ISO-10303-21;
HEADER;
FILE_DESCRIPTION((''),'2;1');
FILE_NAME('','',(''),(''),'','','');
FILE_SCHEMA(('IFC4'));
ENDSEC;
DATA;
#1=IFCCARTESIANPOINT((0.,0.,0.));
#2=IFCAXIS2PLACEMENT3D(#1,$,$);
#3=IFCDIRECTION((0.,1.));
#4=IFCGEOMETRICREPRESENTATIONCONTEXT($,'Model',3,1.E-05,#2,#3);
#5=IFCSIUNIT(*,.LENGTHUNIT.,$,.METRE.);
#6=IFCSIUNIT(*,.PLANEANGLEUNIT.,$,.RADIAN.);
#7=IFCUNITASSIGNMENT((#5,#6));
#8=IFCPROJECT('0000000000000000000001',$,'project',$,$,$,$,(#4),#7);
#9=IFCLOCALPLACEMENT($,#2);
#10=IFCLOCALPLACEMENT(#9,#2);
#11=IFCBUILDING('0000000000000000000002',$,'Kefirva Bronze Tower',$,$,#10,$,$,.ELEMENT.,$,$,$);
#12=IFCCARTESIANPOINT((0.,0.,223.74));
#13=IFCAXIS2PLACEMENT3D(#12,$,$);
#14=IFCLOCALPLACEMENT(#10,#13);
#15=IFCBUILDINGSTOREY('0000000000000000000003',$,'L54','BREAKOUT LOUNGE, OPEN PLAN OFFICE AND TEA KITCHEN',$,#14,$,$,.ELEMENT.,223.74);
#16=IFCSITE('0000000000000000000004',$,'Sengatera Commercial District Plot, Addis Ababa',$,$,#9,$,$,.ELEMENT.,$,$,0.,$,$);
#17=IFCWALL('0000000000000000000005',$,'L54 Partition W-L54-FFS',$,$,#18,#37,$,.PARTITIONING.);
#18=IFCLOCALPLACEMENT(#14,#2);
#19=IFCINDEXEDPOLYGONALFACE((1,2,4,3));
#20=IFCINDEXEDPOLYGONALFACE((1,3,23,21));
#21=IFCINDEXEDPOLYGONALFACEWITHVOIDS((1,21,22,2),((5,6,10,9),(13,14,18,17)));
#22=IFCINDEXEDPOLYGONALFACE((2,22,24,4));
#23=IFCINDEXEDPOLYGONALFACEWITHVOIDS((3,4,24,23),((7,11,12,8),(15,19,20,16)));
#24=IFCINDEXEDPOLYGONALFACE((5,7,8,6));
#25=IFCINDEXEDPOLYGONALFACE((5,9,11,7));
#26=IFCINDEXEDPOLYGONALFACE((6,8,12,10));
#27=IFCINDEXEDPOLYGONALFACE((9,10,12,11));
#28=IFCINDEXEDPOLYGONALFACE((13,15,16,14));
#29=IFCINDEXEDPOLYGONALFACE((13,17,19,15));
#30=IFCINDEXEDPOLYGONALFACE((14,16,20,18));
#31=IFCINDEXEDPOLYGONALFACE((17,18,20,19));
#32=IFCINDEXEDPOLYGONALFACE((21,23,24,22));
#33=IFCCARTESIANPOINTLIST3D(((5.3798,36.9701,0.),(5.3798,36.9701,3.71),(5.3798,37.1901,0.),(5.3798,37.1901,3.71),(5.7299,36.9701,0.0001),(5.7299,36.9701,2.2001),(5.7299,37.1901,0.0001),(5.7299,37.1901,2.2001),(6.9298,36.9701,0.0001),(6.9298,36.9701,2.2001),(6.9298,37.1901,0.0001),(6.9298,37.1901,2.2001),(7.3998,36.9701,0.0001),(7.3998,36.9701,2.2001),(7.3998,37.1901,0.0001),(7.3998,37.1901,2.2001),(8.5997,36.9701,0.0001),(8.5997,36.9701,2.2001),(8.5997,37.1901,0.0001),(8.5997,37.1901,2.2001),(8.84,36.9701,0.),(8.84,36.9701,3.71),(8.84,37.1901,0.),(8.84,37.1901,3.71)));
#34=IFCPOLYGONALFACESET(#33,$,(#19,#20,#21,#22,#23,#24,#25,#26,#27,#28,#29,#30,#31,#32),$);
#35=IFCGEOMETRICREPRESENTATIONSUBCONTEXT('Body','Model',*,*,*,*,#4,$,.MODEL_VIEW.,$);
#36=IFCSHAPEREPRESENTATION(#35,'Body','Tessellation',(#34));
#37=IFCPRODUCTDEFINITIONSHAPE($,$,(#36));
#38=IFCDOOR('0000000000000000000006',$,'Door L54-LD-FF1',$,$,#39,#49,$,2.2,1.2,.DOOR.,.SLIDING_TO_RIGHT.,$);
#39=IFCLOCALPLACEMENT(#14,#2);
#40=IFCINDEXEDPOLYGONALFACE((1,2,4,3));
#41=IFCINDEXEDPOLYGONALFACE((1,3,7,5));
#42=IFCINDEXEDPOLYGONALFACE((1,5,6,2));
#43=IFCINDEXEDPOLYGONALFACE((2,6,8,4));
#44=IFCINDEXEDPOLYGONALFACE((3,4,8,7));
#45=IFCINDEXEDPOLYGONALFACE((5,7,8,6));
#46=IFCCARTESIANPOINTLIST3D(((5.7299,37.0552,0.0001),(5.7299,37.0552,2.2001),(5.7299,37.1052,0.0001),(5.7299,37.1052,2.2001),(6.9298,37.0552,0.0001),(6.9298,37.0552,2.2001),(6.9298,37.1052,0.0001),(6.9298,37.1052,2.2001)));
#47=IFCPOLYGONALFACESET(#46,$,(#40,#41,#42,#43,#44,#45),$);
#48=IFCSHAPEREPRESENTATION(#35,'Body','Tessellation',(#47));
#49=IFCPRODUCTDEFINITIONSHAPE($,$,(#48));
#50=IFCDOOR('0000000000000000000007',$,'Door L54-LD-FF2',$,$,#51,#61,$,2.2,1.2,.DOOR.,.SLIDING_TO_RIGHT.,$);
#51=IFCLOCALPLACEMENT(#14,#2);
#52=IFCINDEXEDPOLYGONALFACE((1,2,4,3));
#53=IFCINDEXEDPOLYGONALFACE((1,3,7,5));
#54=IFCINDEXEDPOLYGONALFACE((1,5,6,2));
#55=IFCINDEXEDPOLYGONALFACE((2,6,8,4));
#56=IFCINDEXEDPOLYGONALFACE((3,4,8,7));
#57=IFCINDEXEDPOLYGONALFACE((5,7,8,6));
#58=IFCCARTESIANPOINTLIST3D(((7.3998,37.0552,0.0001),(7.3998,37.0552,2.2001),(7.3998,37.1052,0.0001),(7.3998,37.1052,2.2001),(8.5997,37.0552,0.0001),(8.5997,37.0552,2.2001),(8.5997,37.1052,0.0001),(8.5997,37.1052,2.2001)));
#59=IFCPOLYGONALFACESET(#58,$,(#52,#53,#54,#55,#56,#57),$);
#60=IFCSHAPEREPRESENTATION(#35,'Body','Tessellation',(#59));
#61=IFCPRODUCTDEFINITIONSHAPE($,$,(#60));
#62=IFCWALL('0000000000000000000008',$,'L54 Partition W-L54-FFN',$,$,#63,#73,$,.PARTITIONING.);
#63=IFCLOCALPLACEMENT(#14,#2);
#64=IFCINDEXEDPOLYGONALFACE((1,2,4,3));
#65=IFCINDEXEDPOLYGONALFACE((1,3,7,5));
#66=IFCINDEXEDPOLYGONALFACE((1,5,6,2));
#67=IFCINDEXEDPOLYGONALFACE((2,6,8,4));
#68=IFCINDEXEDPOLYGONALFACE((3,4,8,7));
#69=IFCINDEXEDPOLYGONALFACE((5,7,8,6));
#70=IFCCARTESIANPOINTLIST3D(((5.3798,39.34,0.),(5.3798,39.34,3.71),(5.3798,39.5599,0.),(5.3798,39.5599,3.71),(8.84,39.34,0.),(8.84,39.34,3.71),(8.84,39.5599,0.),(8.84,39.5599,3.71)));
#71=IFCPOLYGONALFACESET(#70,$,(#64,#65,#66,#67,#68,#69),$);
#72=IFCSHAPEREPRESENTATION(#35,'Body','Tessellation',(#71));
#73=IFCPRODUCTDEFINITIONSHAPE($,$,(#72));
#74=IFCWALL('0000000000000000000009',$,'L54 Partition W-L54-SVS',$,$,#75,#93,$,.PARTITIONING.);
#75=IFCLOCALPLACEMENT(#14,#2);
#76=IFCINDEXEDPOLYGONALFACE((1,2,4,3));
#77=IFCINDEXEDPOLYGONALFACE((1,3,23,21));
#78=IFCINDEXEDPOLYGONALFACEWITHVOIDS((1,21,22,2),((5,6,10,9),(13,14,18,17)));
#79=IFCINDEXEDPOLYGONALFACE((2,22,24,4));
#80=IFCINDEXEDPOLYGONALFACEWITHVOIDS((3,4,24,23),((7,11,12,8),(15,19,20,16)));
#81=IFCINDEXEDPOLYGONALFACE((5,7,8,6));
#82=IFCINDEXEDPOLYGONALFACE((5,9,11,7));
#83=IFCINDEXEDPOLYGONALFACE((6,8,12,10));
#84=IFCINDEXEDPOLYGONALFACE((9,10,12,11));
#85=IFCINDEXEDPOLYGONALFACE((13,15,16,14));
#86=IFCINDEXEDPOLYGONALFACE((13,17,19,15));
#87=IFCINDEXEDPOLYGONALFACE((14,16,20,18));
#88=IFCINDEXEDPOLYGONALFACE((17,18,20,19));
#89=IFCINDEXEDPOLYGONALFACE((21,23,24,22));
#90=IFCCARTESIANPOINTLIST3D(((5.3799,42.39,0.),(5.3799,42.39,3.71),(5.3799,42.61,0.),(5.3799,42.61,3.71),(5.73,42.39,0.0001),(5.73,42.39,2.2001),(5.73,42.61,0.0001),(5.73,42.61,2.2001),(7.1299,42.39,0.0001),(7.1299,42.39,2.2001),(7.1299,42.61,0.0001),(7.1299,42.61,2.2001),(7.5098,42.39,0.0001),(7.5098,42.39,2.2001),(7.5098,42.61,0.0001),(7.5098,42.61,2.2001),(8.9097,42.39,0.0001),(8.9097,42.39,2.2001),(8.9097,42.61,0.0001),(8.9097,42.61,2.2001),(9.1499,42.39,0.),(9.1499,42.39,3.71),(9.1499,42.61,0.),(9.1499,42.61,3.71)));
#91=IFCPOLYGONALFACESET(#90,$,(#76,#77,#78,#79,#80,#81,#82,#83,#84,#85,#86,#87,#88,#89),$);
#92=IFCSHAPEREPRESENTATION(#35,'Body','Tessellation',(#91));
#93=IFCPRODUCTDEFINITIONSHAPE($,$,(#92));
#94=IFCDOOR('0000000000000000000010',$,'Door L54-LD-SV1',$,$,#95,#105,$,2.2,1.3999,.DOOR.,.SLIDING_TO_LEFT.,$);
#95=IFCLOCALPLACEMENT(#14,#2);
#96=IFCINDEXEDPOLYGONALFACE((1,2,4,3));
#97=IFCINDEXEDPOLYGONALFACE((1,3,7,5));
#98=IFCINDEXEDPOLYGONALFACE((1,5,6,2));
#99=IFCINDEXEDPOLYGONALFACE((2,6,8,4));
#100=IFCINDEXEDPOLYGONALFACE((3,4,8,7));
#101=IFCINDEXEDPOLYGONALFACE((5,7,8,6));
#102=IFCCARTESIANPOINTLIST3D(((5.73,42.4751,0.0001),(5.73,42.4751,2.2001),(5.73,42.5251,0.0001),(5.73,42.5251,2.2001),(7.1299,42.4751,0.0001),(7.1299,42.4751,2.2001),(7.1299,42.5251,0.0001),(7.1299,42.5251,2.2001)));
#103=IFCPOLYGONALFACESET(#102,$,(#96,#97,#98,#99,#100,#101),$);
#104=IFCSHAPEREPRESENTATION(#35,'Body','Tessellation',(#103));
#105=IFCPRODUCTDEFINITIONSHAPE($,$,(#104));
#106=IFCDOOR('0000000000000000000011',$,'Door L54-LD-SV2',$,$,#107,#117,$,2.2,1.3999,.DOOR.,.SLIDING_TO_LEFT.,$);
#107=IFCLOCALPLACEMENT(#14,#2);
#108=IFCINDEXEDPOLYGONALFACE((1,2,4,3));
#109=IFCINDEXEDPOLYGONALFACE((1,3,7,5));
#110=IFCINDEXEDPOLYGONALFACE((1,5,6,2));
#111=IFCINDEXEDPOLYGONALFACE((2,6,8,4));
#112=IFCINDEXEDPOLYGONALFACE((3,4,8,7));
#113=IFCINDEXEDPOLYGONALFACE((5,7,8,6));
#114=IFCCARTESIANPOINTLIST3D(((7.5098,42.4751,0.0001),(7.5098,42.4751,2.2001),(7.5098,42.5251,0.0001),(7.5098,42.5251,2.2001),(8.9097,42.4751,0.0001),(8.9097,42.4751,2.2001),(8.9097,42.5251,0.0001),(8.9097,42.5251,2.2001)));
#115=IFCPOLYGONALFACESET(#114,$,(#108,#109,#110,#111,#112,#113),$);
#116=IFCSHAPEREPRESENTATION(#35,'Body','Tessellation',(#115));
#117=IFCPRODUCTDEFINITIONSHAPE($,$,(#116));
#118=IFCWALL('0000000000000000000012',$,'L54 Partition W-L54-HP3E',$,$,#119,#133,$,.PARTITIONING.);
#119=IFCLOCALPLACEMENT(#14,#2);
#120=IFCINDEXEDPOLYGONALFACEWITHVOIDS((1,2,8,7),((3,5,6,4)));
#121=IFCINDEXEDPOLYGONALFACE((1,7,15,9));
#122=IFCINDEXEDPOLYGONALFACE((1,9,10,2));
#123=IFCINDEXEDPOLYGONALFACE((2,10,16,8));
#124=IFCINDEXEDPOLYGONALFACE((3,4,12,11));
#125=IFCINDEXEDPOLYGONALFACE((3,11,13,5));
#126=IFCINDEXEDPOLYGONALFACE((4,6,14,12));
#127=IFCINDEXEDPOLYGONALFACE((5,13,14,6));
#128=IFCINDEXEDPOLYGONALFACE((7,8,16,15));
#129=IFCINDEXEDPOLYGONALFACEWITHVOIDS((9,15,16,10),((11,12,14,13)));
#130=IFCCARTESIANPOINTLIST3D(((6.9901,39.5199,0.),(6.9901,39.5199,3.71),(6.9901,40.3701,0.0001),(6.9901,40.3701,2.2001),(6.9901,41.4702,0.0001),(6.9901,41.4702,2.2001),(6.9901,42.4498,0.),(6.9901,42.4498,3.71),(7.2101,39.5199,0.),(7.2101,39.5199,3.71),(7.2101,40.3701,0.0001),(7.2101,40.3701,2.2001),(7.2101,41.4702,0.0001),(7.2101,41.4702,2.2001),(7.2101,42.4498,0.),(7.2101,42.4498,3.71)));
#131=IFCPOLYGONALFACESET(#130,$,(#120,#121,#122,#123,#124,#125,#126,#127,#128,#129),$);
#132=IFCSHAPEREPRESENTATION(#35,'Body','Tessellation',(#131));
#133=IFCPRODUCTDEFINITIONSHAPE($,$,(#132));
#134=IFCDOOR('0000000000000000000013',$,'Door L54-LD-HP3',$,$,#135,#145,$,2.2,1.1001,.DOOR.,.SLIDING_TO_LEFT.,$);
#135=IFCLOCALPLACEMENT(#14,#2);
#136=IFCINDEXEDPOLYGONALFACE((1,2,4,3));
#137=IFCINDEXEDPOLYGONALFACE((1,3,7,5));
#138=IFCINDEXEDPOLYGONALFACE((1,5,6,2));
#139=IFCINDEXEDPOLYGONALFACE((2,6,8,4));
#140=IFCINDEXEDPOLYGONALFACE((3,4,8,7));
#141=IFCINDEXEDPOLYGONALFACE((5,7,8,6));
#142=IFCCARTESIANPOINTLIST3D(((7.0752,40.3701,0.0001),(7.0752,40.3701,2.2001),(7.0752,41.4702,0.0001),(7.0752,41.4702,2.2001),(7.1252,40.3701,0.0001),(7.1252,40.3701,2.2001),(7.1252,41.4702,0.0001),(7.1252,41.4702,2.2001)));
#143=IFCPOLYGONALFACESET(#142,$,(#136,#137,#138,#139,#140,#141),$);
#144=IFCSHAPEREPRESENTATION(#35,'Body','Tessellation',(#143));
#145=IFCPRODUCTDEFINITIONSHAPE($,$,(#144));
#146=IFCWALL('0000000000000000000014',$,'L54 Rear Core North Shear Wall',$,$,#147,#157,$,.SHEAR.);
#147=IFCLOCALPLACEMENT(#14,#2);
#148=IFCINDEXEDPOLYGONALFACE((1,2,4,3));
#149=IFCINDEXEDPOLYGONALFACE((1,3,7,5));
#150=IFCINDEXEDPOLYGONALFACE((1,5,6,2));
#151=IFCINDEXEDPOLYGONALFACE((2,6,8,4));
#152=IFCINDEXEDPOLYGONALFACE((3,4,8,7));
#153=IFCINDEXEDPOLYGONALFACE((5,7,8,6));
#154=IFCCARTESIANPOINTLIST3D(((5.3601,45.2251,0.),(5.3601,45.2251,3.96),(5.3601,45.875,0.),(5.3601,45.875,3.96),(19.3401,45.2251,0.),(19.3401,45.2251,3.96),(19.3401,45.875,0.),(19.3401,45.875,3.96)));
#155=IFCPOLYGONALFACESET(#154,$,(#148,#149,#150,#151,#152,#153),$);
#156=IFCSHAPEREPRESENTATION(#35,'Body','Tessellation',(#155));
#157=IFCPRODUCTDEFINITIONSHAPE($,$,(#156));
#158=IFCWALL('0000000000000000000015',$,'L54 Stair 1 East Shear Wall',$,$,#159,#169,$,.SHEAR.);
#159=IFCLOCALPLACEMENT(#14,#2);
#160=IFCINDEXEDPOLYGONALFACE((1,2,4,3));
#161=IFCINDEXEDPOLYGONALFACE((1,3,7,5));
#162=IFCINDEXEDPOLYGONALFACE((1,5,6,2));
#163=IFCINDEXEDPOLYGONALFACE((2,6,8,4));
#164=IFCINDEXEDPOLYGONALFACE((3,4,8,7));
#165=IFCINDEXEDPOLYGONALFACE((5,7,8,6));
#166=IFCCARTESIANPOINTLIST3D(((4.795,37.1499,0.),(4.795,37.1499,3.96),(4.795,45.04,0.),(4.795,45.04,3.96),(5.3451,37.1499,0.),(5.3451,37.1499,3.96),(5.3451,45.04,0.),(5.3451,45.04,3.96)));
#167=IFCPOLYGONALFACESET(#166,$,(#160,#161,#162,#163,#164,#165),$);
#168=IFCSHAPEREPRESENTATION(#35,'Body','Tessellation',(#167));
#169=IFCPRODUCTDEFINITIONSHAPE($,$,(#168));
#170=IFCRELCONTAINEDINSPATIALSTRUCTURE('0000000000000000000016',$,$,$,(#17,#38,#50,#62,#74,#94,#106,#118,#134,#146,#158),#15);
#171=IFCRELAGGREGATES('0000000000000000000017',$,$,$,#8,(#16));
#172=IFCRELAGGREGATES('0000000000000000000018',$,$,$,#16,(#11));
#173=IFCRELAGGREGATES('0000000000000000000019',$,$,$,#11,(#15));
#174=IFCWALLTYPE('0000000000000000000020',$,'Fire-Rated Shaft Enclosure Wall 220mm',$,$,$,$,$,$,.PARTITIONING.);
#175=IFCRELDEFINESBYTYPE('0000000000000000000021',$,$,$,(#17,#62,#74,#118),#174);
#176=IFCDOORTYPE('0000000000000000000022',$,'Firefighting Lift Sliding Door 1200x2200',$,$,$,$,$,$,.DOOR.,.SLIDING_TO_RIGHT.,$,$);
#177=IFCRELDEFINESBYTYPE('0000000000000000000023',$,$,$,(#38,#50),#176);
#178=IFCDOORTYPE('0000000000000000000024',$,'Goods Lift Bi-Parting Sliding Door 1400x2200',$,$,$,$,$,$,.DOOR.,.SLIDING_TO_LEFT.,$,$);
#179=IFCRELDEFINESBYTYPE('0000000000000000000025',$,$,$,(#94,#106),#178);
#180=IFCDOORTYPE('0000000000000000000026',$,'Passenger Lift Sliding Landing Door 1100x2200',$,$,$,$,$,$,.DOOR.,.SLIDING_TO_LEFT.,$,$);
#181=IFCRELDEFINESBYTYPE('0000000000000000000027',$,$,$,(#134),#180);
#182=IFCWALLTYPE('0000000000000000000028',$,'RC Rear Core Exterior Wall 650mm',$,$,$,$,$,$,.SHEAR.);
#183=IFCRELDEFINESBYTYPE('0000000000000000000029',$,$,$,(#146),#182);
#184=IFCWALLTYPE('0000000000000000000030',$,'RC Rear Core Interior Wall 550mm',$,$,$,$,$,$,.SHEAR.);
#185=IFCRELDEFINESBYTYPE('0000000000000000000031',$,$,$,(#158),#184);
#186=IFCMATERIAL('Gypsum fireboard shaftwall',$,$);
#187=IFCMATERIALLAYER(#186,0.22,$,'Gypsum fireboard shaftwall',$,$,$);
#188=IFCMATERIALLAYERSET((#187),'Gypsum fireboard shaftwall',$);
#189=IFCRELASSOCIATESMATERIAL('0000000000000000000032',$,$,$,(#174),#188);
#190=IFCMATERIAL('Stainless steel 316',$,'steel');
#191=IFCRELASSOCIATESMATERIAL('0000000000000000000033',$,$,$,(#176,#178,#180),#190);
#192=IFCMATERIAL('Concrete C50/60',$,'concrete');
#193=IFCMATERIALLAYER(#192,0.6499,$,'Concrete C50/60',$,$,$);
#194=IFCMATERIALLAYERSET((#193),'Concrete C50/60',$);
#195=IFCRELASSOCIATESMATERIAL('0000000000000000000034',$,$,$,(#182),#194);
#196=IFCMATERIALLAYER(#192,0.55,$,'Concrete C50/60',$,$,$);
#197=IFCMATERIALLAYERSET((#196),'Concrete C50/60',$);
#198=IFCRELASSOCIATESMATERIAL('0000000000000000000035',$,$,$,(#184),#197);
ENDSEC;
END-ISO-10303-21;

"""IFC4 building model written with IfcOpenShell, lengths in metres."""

from ifc_helpers import new_model, si_unit, direction, frame, frame_2d, origin, place, context, subcontext, project, spatial, rectangle, extrude, material, layer, layer_set, type_object, element, fill, save


model = new_model("IFC4")

# Units and contexts
model_context = context("Model", 3, precision=1e-05, world=origin(), true_north=direction((0.0, 1.0)))
body_context = subcontext(model_context, "Body", "Model", "MODEL_VIEW")
ifc_project = project(units=[si_unit("LENGTHUNIT", "METRE"), si_unit("PLANEANGLEUNIT", "RADIAN")], contexts=[model_context])

# Site, building, storey
site_placement = place(None, origin())
site = spatial("IfcSite", under=ifc_project, at=site_placement, Name="Sengatera Commercial District Plot, Addis Ababa", CompositionType="ELEMENT", RefElevation=0.0)
building_placement = place(site_placement, origin())
building = spatial("IfcBuilding", under=site, at=building_placement, Name="Kefirva Bronze Tower", CompositionType="ELEMENT")
storey_placement = place(building_placement, frame((0.0, 0.0, 223.74)))
storey = spatial("IfcBuildingStorey", under=building, at=storey_placement, Name="L54", Description="BREAKOUT LOUNGE, OPEN PLAN OFFICE AND TEA KITCHEN", CompositionType="ELEMENT", Elevation=223.74)

# Wall, openings, doors
ifc_material_1 = material(Name="Gypsum fireboard shaftwall")
ifc_layer_1 = layer(ifc_material_1, 0.22, Name="Gypsum fireboard shaftwall")
ifc_layer_set_1 = layer_set([ifc_layer_1], Name="Gypsum fireboard shaftwall")
wall_type_1 = type_object("IfcWallType", Name="Fire-Rated Shaft Enclosure Wall 220mm", PredefinedType="PARTITIONING", material=ifc_layer_set_1)
wall_1_placement = place(storey_placement, frame((5.3799, 37.0801, 0.0), z_axis=(0.0, 0.0, 1.0), x_axis=(1.0, 0.0, 0.0)))
wall_1 = element("IfcWall", 1, at=wall_1_placement, inside=storey, type_object=wall_type_1, Name="L54 Partition W-L54-FFS", PredefinedType="PARTITIONING", context=body_context, shape_type="SweptSolid", body=[
    extrude(rectangle(XDim=3.4602, YDim=0.22, at=frame_2d((1.73, 0.0))), origin(), (0.0, 0.0, 1.0), 3.71),
])
opening_1_placement = place(wall_1_placement, frame((1.55, 0.0, 0.0), z_axis=(0.0, 0.0, 1.0), x_axis=(-1.0, 0.0, 0.0)))
opening_1 = element("IfcOpeningElement", 2, at=opening_1_placement, cuts=wall_1, PredefinedType="OPENING", context=body_context, shape_type="SweptSolid", body=[
    extrude(rectangle(XDim=1.2, YDim=2.2, at=frame_2d((0.6001, 1.1001))), frame((0.0, 0.1201, 0.0), z_axis=(0.0, -1.0, 0.0), x_axis=(1.0, 0.0, 0.0)), (0.0, 0.0, 1.0), 0.24),
])
opening_2_placement = place(wall_1_placement, frame((3.22, 0.0, 0.0), z_axis=(0.0, 0.0, 1.0), x_axis=(-1.0, 0.0, 0.0)))
opening_2 = element("IfcOpeningElement", 3, at=opening_2_placement, cuts=wall_1, PredefinedType="OPENING", context=body_context, shape_type="SweptSolid", body=[
    extrude(rectangle(XDim=1.2, YDim=2.2, at=frame_2d((0.6001, 1.1001))), frame((0.0, 0.1201, 0.0), z_axis=(0.0, -1.0, 0.0), x_axis=(1.0, 0.0, 0.0)), (0.0, 0.0, 1.0), 0.24),
])
ifc_material_2 = material(Name="Stainless steel 316", Category="steel")
door_type_1 = type_object("IfcDoorType", Name="Firefighting Lift Sliding Door 1200x2200", OperationType="SLIDING_TO_RIGHT", PredefinedType="DOOR", material=ifc_material_2)
door_1_placement = place(opening_1_placement, origin())
door_1 = element("IfcDoor", 4, at=door_1_placement, inside=storey, type_object=door_type_1, Name="Door L54-LD-FF1", OperationType="SLIDING_TO_RIGHT", OverallHeight=2.2, OverallWidth=1.2, PredefinedType="DOOR", context=body_context, shape_type="SweptSolid", body=[
    extrude(rectangle(XDim=1.2, YDim=2.2, at=frame_2d((0.6001, 1.1001))), frame((0.0, 0.0249, 0.0), z_axis=(0.0, -1.0, 0.0), x_axis=(1.0, 0.0, 0.0)), (0.0, 0.0, 1.0), 0.05),
])
fill(opening_1, door_1)
door_2_placement = place(opening_2_placement, origin())
door_2 = element("IfcDoor", 5, at=door_2_placement, inside=storey, type_object=door_type_1, Name="Door L54-LD-FF2", OperationType="SLIDING_TO_RIGHT", OverallHeight=2.2, OverallWidth=1.2, PredefinedType="DOOR", context=body_context, shape_type="SweptSolid", body=[
    extrude(rectangle(XDim=1.2, YDim=2.2, at=frame_2d((0.6001, 1.1001))), frame((0.0, 0.0249, 0.0), z_axis=(0.0, -1.0, 0.0), x_axis=(1.0, 0.0, 0.0)), (0.0, 0.0, 1.0), 0.05),
])
fill(opening_2, door_2)

# Wall
wall_2_placement = place(storey_placement, frame((5.3799, 39.45, 0.0), z_axis=(0.0, 0.0, 1.0), x_axis=(1.0, 0.0, 0.0)))
element("IfcWall", 6, at=wall_2_placement, inside=storey, type_object=wall_type_1, Name="L54 Partition W-L54-FFN", PredefinedType="PARTITIONING", context=body_context, shape_type="SweptSolid", body=[
    extrude(rectangle(XDim=3.4602, YDim=0.22, at=frame_2d((1.73, 0.0))), origin(), (0.0, 0.0, 1.0), 3.71),
])

# Wall, openings, doors
wall_3_placement = place(storey_placement, frame((5.3799, 42.5, 0.0), z_axis=(0.0, 0.0, 1.0), x_axis=(1.0, 0.0, 0.0)))
wall_3 = element("IfcWall", 7, at=wall_3_placement, inside=storey, type_object=wall_type_1, Name="L54 Partition W-L54-SVS", PredefinedType="PARTITIONING", context=body_context, shape_type="SweptSolid", body=[
    extrude(rectangle(XDim=3.77, YDim=0.22, at=frame_2d((1.885, 0.0))), origin(), (0.0, 0.0, 1.0), 3.71),
])
opening_3_placement = place(wall_3_placement, frame((1.75, 0.0, 0.0), z_axis=(0.0, 0.0, 1.0), x_axis=(-1.0, 0.0, 0.0)))
opening_3 = element("IfcOpeningElement", 8, at=opening_3_placement, cuts=wall_3, PredefinedType="OPENING", context=body_context, shape_type="SweptSolid", body=[
    extrude(rectangle(XDim=1.3999, YDim=2.2, at=frame_2d((0.7, 1.1001))), frame((0.0, 0.1201, 0.0), z_axis=(0.0, -1.0, 0.0), x_axis=(1.0, 0.0, 0.0)), (0.0, 0.0, 1.0), 0.24),
])
opening_4_placement = place(wall_3_placement, frame((3.5298, 0.0, 0.0), z_axis=(0.0, 0.0, 1.0), x_axis=(-1.0, 0.0, 0.0)))
opening_4 = element("IfcOpeningElement", 9, at=opening_4_placement, cuts=wall_3, PredefinedType="OPENING", context=body_context, shape_type="SweptSolid", body=[
    extrude(rectangle(XDim=1.3999, YDim=2.2, at=frame_2d((0.7, 1.1001))), frame((0.0, 0.1201, 0.0), z_axis=(0.0, -1.0, 0.0), x_axis=(1.0, 0.0, 0.0)), (0.0, 0.0, 1.0), 0.24),
])
door_type_2 = type_object("IfcDoorType", Name="Goods Lift Bi-Parting Sliding Door 1400x2200", OperationType="SLIDING_TO_LEFT", PredefinedType="DOOR", material=ifc_material_2)
door_3_placement = place(opening_3_placement, origin())
door_3 = element("IfcDoor", 10, at=door_3_placement, inside=storey, type_object=door_type_2, Name="Door L54-LD-SV1", OperationType="SLIDING_TO_LEFT", OverallHeight=2.2, OverallWidth=1.3999, PredefinedType="DOOR", context=body_context, shape_type="SweptSolid", body=[
    extrude(rectangle(XDim=1.3999, YDim=2.2, at=frame_2d((0.7, 1.1001))), frame((0.0, 0.0249, 0.0), z_axis=(0.0, -1.0, 0.0), x_axis=(1.0, 0.0, 0.0)), (0.0, 0.0, 1.0), 0.05),
])
fill(opening_3, door_3)
door_4_placement = place(opening_4_placement, origin())
door_4 = element("IfcDoor", 11, at=door_4_placement, inside=storey, type_object=door_type_2, Name="Door L54-LD-SV2", OperationType="SLIDING_TO_LEFT", OverallHeight=2.2, OverallWidth=1.3999, PredefinedType="DOOR", context=body_context, shape_type="SweptSolid", body=[
    extrude(rectangle(XDim=1.3999, YDim=2.2, at=frame_2d((0.7, 1.1001))), frame((0.0, 0.0249, 0.0), z_axis=(0.0, -1.0, 0.0), x_axis=(1.0, 0.0, 0.0)), (0.0, 0.0, 1.0), 0.05),
])
fill(opening_4, door_4)

# Wall, opening, door
wall_4_placement = place(storey_placement, frame((7.1001, 39.52, 0.0), z_axis=(0.0, 0.0, 1.0), x_axis=(0.0, 1.0, 0.0)))
wall_4 = element("IfcWall", 12, at=wall_4_placement, inside=storey, type_object=wall_type_1, Name="L54 Partition W-L54-HP3E", PredefinedType="PARTITIONING", context=body_context, shape_type="SweptSolid", body=[
    extrude(rectangle(XDim=2.9299, YDim=0.22, at=frame_2d((1.4648, 0.0))), origin(), (0.0, 0.0, 1.0), 3.71),
])
opening_5_placement = place(wall_4_placement, frame((0.8501, 0.0, 0.0)))
opening_5 = element("IfcOpeningElement", 13, at=opening_5_placement, cuts=wall_4, PredefinedType="OPENING", context=body_context, shape_type="SweptSolid", body=[
    extrude(rectangle(XDim=1.1001, YDim=2.2, at=frame_2d((0.55, 1.1001))), frame((0.0, 0.1201, 0.0), z_axis=(0.0, -1.0, 0.0), x_axis=(1.0, 0.0, 0.0)), (0.0, 0.0, 1.0), 0.24),
])
door_type_3 = type_object("IfcDoorType", Name="Passenger Lift Sliding Landing Door 1100x2200", OperationType="SLIDING_TO_LEFT", PredefinedType="DOOR", material=ifc_material_2)
door_5_placement = place(opening_5_placement, origin())
door_5 = element("IfcDoor", 14, at=door_5_placement, inside=storey, type_object=door_type_3, Name="Door L54-LD-HP3", OperationType="SLIDING_TO_LEFT", OverallHeight=2.2, OverallWidth=1.1001, PredefinedType="DOOR", context=body_context, shape_type="SweptSolid", body=[
    extrude(rectangle(XDim=1.1001, YDim=2.2, at=frame_2d((0.55, 1.1001))), frame((0.0, 0.0249, 0.0), z_axis=(0.0, -1.0, 0.0), x_axis=(1.0, 0.0, 0.0)), (0.0, 0.0, 1.0), 0.05),
])
fill(opening_5, door_5)

# Walls
ifc_material_3 = material(Name="Concrete C50/60", Category="concrete")
ifc_layer_2 = layer(ifc_material_3, 0.6499, Name="Concrete C50/60")
ifc_layer_set_2 = layer_set([ifc_layer_2], Name="Concrete C50/60")
wall_type_2 = type_object("IfcWallType", Name="RC Rear Core Exterior Wall 650mm", PredefinedType="SHEAR", material=ifc_layer_set_2)
wall_5_placement = place(storey_placement, frame((5.3601, 45.55, 0.0), z_axis=(0.0, 0.0, 1.0), x_axis=(1.0, 0.0, 0.0)))
element("IfcWall", 15, at=wall_5_placement, inside=storey, type_object=wall_type_2, Name="L54 Rear Core North Shear Wall", PredefinedType="SHEAR", context=body_context, shape_type="SweptSolid", body=[
    extrude(rectangle(XDim=13.98, YDim=0.6499, at=frame_2d((6.99, 0.0))), origin(), (0.0, 0.0, 1.0), 3.96),
])
ifc_layer_3 = layer(ifc_material_3, 0.55, Name="Concrete C50/60")
ifc_layer_set_3 = layer_set([ifc_layer_3], Name="Concrete C50/60")
wall_type_3 = type_object("IfcWallType", Name="RC Rear Core Interior Wall 550mm", PredefinedType="SHEAR", material=ifc_layer_set_3)
wall_6_placement = place(storey_placement, frame((5.0701, 37.1499, 0.0), z_axis=(0.0, 0.0, 1.0), x_axis=(0.0, 1.0, 0.0)))
element("IfcWall", 16, at=wall_6_placement, inside=storey, type_object=wall_type_3, Name="L54 Stair 1 East Shear Wall", PredefinedType="SHEAR", context=body_context, shape_type="SweptSolid", body=[
    extrude(rectangle(XDim=7.8901, YDim=0.55, at=frame_2d((3.9451, 0.0))), origin(), (0.0, 0.0, 1.0), 3.96),
])

save(model, "model.ifc")
